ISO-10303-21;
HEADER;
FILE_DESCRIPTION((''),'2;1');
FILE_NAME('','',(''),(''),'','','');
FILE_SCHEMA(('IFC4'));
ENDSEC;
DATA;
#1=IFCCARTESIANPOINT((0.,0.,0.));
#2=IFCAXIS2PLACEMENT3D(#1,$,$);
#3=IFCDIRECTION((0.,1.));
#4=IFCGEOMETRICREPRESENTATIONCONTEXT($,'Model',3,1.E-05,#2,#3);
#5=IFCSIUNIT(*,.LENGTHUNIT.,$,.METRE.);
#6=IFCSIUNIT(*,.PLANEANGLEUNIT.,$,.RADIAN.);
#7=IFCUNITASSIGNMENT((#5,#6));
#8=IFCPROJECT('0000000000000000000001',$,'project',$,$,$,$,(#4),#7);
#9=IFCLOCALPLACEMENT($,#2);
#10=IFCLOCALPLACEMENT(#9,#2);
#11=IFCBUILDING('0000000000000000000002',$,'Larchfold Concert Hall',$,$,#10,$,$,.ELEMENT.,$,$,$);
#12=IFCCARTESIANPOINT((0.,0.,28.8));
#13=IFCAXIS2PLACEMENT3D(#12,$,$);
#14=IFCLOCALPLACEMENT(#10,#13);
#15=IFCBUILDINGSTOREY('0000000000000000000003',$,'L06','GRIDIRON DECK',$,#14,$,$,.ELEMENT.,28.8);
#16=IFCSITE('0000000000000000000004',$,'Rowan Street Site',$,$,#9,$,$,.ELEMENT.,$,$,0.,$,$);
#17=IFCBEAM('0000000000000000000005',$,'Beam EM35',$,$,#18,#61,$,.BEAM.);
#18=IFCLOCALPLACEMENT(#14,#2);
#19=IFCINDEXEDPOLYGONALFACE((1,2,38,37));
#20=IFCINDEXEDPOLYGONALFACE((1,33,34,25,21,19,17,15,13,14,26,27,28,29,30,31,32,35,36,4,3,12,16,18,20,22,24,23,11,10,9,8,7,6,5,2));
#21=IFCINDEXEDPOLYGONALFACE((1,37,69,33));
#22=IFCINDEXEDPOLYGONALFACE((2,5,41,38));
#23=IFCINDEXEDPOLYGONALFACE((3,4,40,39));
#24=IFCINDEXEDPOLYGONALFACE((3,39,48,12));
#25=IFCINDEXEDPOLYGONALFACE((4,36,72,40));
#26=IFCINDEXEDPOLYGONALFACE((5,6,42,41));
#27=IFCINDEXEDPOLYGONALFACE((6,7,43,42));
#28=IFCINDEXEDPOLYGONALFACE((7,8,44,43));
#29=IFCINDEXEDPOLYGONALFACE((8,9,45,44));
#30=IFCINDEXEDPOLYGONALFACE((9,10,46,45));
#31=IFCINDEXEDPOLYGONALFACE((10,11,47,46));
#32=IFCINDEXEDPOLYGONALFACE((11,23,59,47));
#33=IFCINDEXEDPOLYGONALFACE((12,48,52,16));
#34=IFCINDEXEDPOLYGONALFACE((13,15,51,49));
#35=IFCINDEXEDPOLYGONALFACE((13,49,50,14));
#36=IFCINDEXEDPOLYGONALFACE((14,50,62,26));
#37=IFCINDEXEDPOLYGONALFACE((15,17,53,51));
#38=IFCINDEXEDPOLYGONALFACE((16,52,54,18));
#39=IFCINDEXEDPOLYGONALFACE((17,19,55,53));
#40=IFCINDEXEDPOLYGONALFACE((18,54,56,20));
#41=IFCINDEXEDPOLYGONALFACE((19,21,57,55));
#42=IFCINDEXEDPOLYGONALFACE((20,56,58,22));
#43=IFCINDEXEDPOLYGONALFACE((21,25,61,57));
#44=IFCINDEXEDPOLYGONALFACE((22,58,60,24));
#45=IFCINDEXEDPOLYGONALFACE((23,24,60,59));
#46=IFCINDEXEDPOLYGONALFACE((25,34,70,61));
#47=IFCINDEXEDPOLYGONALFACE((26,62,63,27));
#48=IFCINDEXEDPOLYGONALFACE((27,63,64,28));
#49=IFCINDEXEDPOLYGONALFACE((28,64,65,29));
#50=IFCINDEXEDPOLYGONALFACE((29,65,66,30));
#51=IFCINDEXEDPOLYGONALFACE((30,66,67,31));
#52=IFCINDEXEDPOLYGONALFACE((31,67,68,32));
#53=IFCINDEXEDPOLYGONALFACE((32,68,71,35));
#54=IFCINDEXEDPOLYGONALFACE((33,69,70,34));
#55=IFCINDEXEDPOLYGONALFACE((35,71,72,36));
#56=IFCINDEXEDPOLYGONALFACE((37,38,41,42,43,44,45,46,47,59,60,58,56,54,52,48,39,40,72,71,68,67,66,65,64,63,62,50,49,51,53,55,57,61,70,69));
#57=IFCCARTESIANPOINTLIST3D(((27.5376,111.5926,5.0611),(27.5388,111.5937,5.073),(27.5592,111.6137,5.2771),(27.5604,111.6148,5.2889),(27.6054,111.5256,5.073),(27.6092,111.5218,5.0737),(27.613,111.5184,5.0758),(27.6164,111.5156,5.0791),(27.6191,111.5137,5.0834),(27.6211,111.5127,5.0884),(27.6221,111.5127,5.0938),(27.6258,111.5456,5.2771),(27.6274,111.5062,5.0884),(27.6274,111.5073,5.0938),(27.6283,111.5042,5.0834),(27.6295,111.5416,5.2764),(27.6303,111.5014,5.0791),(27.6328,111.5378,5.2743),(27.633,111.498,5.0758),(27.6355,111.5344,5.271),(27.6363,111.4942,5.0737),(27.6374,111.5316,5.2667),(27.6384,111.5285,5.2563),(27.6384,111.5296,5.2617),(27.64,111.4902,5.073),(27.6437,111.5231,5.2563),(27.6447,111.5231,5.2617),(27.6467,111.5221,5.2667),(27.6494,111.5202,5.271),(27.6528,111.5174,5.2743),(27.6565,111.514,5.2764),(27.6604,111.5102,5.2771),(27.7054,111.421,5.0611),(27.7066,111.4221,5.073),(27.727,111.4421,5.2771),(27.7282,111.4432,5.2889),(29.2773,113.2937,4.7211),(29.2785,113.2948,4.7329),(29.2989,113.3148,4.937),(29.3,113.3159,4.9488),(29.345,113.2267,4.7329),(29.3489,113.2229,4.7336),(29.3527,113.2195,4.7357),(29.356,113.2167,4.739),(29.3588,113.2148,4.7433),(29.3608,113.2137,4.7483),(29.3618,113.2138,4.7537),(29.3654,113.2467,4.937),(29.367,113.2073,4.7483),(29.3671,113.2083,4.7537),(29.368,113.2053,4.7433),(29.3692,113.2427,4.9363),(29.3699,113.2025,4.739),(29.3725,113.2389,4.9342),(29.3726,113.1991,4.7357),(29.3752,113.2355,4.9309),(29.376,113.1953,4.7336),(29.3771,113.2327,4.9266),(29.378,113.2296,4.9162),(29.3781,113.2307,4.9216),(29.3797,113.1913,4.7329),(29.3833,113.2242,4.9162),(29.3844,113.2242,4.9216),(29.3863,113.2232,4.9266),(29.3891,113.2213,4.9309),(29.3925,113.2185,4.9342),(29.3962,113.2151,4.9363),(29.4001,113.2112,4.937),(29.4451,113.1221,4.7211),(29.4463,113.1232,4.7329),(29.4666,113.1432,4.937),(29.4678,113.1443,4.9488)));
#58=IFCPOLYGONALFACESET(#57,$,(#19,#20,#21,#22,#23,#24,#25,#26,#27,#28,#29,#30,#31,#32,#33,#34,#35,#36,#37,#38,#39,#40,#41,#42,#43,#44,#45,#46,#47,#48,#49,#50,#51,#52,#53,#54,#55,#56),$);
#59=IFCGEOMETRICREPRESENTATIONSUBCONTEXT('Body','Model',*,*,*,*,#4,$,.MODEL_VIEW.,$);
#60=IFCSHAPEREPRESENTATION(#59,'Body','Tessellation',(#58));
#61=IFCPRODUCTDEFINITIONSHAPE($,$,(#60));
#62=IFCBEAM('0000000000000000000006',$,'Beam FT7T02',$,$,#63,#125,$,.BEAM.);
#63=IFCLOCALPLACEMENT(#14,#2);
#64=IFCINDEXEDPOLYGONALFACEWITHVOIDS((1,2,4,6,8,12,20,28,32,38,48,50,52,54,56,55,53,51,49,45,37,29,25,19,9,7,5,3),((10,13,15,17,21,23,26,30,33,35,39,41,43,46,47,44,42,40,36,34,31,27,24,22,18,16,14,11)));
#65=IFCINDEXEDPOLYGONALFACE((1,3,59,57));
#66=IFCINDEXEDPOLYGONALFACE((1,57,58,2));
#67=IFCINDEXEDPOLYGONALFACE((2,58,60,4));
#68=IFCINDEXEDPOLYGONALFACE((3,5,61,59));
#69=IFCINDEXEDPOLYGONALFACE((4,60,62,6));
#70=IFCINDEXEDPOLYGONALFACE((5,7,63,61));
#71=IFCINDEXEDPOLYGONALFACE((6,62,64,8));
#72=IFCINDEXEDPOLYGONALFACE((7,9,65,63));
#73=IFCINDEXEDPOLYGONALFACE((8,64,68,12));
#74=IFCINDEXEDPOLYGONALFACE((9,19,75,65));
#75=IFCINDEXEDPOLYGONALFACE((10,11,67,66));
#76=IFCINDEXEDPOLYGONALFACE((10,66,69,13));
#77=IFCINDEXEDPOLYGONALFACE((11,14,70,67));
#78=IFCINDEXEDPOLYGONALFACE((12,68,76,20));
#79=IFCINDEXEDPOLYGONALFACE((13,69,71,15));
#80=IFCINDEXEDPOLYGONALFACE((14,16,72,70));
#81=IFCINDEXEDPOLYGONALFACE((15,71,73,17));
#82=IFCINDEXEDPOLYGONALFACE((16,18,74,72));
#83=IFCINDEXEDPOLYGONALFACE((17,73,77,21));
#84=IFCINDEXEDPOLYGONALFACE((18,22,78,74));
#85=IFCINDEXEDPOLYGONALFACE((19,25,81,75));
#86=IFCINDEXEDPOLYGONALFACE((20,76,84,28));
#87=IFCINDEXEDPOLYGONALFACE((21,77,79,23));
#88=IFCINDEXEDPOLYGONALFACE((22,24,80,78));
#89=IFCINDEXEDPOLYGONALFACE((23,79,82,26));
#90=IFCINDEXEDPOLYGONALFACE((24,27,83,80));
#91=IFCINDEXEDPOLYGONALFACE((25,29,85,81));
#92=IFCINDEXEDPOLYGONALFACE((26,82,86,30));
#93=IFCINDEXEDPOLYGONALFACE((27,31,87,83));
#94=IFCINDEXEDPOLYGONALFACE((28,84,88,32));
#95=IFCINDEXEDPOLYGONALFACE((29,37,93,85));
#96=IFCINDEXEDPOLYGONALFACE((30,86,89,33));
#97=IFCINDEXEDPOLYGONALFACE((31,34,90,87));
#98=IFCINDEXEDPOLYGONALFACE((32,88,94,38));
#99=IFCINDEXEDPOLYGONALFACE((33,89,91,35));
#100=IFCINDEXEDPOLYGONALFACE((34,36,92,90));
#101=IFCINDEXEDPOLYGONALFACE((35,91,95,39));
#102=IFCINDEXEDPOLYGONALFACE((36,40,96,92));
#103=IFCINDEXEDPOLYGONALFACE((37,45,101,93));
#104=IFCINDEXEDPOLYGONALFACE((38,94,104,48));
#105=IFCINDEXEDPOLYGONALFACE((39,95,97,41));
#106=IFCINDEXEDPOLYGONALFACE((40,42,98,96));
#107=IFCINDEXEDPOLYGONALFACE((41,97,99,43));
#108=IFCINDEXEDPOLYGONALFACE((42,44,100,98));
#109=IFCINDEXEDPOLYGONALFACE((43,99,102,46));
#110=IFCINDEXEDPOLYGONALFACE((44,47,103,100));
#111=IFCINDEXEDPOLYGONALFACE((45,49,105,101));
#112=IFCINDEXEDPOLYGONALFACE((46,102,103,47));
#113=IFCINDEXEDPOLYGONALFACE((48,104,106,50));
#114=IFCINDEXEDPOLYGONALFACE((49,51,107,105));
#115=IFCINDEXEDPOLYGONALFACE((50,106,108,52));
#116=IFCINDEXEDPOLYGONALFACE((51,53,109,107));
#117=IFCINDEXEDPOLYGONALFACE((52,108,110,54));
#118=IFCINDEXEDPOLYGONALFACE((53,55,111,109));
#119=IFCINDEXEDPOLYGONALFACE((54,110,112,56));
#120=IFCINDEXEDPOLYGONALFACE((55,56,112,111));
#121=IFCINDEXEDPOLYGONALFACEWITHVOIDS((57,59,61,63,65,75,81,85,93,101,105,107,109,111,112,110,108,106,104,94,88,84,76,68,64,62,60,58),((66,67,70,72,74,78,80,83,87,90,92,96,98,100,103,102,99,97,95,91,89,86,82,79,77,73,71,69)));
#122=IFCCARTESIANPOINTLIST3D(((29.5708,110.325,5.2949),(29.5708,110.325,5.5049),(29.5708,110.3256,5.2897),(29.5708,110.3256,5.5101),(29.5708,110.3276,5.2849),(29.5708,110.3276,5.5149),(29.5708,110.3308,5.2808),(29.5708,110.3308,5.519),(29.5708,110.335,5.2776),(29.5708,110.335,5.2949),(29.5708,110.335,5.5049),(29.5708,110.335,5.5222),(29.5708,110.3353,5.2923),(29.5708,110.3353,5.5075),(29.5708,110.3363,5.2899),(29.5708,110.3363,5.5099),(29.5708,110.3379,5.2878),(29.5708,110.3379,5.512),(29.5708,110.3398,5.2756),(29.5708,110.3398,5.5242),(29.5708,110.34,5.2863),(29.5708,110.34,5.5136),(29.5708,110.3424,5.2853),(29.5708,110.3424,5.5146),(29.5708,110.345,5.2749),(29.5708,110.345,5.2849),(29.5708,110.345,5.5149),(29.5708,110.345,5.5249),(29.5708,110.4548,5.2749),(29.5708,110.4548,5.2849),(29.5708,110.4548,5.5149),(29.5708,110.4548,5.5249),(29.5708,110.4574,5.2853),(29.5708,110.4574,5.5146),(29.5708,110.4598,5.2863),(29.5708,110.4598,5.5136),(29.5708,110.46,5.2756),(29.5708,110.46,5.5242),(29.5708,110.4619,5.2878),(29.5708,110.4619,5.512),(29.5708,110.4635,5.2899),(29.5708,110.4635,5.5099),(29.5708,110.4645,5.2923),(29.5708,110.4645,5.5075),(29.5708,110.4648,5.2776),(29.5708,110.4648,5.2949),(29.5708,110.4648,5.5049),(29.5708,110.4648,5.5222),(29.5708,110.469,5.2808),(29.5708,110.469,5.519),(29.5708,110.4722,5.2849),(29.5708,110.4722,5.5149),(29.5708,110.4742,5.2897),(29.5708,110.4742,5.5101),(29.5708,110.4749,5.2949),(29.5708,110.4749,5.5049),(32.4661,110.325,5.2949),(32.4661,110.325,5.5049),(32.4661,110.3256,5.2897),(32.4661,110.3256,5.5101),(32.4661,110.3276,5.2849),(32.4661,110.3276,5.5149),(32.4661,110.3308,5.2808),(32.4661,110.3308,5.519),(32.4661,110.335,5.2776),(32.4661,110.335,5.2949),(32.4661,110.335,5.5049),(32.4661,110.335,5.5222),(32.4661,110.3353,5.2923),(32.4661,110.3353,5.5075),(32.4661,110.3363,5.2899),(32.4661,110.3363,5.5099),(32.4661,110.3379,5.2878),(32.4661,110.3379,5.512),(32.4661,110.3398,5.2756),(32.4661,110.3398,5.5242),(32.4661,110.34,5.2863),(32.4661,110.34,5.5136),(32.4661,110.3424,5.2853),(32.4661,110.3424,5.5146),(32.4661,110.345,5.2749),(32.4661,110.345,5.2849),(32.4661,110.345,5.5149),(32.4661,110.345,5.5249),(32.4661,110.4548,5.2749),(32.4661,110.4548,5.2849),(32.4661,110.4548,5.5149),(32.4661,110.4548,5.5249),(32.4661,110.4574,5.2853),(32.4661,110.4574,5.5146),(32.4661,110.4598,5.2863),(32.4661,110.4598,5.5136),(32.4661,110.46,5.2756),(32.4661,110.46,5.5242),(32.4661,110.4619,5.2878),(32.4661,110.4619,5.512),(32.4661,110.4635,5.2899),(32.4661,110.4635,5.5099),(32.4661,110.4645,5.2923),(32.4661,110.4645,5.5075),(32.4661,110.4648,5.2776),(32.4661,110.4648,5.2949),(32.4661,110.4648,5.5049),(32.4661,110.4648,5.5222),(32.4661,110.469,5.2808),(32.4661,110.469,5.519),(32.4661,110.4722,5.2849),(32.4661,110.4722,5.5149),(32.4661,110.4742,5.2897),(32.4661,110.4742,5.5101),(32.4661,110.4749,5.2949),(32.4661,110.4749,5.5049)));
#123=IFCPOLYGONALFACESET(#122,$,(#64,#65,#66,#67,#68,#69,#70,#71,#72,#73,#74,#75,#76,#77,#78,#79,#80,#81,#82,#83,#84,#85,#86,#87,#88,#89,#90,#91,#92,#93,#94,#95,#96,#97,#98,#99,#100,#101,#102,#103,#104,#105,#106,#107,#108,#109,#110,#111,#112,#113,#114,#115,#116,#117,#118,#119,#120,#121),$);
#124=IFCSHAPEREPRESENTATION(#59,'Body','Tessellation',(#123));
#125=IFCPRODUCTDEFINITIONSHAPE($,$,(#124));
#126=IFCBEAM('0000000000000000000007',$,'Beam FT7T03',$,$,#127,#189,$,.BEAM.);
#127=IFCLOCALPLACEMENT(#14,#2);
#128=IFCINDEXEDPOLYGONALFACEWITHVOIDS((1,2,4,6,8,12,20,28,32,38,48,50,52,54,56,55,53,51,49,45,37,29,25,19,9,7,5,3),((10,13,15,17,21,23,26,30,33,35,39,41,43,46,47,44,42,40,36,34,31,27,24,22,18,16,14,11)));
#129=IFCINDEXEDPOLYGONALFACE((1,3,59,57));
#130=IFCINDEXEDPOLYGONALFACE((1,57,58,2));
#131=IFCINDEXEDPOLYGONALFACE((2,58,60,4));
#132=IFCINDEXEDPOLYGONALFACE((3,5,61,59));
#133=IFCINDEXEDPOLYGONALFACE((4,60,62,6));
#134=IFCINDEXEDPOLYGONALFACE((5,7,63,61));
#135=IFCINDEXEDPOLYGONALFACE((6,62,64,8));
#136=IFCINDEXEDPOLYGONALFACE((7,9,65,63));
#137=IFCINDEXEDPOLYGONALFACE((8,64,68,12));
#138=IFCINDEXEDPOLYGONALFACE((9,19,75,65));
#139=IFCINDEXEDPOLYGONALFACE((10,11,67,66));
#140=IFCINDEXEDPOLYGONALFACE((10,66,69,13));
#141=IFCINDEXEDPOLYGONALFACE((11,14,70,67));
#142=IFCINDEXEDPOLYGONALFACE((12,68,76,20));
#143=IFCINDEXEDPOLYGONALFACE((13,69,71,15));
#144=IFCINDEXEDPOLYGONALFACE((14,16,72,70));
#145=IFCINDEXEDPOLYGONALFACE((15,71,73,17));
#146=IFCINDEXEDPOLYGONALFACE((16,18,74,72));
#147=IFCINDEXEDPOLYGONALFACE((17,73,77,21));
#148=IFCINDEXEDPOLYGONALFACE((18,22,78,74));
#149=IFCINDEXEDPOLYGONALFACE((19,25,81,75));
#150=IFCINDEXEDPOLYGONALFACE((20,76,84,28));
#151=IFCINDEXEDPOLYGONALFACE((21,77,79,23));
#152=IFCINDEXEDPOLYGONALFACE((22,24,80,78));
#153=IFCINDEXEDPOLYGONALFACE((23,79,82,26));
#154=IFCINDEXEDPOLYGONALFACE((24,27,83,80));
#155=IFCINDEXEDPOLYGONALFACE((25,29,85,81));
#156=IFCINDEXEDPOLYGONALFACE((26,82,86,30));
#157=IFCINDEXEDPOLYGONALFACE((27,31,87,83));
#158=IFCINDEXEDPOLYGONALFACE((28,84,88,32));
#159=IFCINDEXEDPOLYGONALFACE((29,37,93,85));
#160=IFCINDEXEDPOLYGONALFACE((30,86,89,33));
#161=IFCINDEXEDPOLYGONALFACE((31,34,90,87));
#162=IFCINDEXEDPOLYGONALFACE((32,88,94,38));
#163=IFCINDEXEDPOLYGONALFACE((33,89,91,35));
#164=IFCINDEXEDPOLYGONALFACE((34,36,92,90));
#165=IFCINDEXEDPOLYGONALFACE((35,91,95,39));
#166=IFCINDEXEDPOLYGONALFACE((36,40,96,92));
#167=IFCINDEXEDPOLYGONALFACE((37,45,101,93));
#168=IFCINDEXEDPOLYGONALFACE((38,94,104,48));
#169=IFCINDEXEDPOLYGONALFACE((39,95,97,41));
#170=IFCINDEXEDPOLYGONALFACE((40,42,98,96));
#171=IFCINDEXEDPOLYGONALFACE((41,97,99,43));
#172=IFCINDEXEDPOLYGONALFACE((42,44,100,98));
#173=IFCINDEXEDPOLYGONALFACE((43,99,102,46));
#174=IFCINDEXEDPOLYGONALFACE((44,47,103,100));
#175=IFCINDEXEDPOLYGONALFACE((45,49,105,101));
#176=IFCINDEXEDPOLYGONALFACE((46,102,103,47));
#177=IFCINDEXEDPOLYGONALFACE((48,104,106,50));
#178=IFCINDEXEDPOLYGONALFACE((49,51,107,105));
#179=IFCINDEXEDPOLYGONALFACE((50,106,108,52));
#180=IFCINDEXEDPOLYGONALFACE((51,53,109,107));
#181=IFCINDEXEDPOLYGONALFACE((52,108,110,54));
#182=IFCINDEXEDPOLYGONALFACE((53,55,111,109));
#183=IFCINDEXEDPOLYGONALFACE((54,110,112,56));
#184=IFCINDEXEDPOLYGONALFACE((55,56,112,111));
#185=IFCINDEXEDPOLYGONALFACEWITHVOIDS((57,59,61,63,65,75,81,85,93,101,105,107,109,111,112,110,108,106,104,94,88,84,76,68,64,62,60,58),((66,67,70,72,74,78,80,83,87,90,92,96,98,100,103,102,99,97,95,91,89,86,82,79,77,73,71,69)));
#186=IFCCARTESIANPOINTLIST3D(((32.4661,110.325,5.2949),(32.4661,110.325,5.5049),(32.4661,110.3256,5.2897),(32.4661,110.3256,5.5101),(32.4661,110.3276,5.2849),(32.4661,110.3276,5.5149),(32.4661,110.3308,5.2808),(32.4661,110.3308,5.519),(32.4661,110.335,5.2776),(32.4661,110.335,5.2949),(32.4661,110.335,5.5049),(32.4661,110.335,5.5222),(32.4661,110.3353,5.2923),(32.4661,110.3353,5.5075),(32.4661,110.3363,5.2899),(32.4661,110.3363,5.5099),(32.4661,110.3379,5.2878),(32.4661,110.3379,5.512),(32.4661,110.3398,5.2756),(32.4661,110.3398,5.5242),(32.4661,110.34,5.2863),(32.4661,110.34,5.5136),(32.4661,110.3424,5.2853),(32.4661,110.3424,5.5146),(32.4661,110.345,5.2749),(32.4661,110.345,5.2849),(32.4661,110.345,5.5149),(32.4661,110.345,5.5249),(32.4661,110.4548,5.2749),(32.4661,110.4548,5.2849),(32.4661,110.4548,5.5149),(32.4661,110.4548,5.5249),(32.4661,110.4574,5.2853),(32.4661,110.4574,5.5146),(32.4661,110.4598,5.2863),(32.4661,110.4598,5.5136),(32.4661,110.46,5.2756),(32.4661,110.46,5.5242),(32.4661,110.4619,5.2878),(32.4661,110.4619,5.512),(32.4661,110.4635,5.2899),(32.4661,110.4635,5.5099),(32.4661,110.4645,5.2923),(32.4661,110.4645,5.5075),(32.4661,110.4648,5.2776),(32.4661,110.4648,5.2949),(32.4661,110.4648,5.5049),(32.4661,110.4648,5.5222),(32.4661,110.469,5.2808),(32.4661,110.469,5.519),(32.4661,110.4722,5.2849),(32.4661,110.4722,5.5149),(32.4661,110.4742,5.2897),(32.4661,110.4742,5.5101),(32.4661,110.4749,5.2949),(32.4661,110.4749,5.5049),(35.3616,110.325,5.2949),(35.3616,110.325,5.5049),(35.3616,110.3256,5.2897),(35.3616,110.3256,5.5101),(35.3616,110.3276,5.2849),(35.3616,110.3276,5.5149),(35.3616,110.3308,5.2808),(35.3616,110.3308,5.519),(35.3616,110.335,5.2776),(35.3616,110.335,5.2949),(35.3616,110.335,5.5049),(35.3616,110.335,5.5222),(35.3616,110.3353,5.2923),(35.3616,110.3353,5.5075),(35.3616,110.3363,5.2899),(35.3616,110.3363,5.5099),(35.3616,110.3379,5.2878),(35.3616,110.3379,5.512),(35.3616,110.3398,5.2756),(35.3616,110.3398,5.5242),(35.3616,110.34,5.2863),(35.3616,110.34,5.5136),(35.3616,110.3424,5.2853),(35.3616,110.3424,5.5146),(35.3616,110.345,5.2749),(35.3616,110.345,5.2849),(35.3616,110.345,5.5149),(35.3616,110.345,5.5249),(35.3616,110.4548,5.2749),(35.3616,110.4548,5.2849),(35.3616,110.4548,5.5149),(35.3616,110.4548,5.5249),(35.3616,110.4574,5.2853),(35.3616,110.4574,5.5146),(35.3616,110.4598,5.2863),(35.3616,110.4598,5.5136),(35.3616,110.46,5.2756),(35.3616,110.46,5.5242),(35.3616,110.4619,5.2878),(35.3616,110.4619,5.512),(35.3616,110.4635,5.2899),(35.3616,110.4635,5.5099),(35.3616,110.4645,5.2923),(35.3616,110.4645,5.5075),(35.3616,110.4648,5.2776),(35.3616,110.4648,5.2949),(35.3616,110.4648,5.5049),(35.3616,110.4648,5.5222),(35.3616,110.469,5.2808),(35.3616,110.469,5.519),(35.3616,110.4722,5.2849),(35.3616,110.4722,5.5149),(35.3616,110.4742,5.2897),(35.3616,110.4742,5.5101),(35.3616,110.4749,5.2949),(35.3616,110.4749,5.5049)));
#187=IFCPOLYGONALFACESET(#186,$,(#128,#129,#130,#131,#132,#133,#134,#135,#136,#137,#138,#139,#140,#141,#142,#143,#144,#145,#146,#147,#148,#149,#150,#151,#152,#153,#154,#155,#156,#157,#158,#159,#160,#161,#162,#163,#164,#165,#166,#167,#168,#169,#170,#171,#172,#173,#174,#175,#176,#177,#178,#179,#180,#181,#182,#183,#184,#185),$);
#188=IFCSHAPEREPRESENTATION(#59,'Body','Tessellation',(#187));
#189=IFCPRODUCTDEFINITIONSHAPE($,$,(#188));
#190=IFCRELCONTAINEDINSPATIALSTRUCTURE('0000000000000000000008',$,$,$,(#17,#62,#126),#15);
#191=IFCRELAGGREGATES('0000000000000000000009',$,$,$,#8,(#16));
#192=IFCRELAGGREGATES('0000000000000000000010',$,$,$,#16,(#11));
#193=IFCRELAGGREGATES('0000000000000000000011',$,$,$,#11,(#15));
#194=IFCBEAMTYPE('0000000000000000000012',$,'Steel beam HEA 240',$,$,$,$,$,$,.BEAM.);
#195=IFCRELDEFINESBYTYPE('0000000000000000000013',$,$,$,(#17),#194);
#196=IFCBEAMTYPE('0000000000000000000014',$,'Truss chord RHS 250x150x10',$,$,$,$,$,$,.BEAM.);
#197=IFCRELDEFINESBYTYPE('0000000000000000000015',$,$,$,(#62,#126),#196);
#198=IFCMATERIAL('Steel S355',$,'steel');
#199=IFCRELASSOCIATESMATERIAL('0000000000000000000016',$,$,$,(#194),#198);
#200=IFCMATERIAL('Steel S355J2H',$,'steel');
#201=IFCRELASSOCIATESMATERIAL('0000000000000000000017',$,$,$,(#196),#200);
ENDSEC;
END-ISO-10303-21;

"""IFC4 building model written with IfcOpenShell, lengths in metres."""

from ifc_helpers import new_model, si_unit, direction, frame, origin, origin_2d, place, context, subcontext, project, spatial, hollow_rectangle, i_section, extrude, material, material_profile, profile_set, type_object, element, save


model = new_model("IFC4")

# Units and contexts
model_context = context("Model", 3, precision=1e-05, world=origin(), true_north=direction((0.0, 1.0)))
body_context = subcontext(model_context, "Body", "Model", "MODEL_VIEW")
ifc_project = project(units=[si_unit("LENGTHUNIT", "METRE"), si_unit("PLANEANGLEUNIT", "RADIAN")], contexts=[model_context])

# Site, building, storey
site_placement = place(None, origin())
site = spatial("IfcSite", under=ifc_project, at=site_placement, Name="Rowan Street Site", CompositionType="ELEMENT", RefElevation=0.0)
building_placement = place(site_placement, origin())
building = spatial("IfcBuilding", under=site, at=building_placement, Name="Larchfold Concert Hall", CompositionType="ELEMENT")
storey_placement = place(building_placement, frame((0.0, 0.0, 28.8)))
storey = spatial("IfcBuildingStorey", under=building, at=storey_placement, Name="L06", Description="GRIDIRON DECK", CompositionType="ELEMENT", Elevation=28.8)

# Beams
ifc_material_1 = material(Name="Steel S355", Category="steel")
ifc_material_profile_1 = material_profile(ifc_material_1, i_section(OverallWidth=0.24, OverallDepth=0.23, WebThickness=0.0076, FlangeThickness=0.012, FilletRadius=0.021, at=origin_2d()))
ifc_profile_set_1 = profile_set([ifc_material_profile_1], Name="Steel S355")
beam_type_1 = type_object("IfcBeamType", Name="Steel beam HEA 240", PredefinedType="BEAM", material=ifc_profile_set_1)
beam_1_placement = place(storey_placement, frame((29.3726, 113.219, 4.835), z_axis=(-0.708106, -0.692406, 0.138421), x_axis=(0.699136, -0.714989, 0.0)))
element("IfcBeam", 1, at=beam_1_placement, inside=storey, type_object=beam_type_1, Name="Beam EM35", PredefinedType="BEAM", context=body_context, shape_type="SweptSolid", body=[
    extrude(i_section(OverallWidth=0.24, OverallDepth=0.23, WebThickness=0.0076, FlangeThickness=0.012, FilletRadius=0.021, at=origin_2d()), origin(), (0.0, 0.0, 1.0), 2.4568),
])
ifc_material_2 = material(Name="Steel S355J2H", Category="steel")
ifc_material_profile_2 = material_profile(ifc_material_2, hollow_rectangle(XDim=0.1499, YDim=0.25, WallThickness=0.01, InnerFilletRadius=0.01, OuterFilletRadius=0.02, at=origin_2d()))
ifc_profile_set_2 = profile_set([ifc_material_profile_2], Name="Steel S355J2H")
beam_type_2 = type_object("IfcBeamType", Name="Truss chord RHS 250x150x10", PredefinedType="BEAM", material=ifc_profile_set_2)
beam_2_placement = place(storey_placement, frame((29.5708, 110.3999, 5.3999), z_axis=(1.0, 0.0, 0.0), x_axis=(0.0, 1.0, 0.0)))
element("IfcBeam", 2, at=beam_2_placement, inside=storey, type_object=beam_type_2, Name="Beam FT7T02", PredefinedType="BEAM", context=body_context, shape_type="SweptSolid", body=[
    extrude(hollow_rectangle(XDim=0.1499, YDim=0.25, WallThickness=0.01, InnerFilletRadius=0.01, OuterFilletRadius=0.02, at=origin_2d()), origin(), (0.0, 0.0, 1.0), 2.8953),
])
beam_3_placement = place(storey_placement, frame((32.4661, 110.3999, 5.3999), z_axis=(1.0, 0.0, 0.0), x_axis=(0.0, 1.0, 0.0)))
element("IfcBeam", 3, at=beam_3_placement, inside=storey, type_object=beam_type_2, Name="Beam FT7T03", PredefinedType="BEAM", context=body_context, shape_type="SweptSolid", body=[
    extrude(hollow_rectangle(XDim=0.1499, YDim=0.25, WallThickness=0.01, InnerFilletRadius=0.01, OuterFilletRadius=0.02, at=origin_2d()), origin(), (0.0, 0.0, 1.0), 2.8955),
])

save(model, "model.ifc")
